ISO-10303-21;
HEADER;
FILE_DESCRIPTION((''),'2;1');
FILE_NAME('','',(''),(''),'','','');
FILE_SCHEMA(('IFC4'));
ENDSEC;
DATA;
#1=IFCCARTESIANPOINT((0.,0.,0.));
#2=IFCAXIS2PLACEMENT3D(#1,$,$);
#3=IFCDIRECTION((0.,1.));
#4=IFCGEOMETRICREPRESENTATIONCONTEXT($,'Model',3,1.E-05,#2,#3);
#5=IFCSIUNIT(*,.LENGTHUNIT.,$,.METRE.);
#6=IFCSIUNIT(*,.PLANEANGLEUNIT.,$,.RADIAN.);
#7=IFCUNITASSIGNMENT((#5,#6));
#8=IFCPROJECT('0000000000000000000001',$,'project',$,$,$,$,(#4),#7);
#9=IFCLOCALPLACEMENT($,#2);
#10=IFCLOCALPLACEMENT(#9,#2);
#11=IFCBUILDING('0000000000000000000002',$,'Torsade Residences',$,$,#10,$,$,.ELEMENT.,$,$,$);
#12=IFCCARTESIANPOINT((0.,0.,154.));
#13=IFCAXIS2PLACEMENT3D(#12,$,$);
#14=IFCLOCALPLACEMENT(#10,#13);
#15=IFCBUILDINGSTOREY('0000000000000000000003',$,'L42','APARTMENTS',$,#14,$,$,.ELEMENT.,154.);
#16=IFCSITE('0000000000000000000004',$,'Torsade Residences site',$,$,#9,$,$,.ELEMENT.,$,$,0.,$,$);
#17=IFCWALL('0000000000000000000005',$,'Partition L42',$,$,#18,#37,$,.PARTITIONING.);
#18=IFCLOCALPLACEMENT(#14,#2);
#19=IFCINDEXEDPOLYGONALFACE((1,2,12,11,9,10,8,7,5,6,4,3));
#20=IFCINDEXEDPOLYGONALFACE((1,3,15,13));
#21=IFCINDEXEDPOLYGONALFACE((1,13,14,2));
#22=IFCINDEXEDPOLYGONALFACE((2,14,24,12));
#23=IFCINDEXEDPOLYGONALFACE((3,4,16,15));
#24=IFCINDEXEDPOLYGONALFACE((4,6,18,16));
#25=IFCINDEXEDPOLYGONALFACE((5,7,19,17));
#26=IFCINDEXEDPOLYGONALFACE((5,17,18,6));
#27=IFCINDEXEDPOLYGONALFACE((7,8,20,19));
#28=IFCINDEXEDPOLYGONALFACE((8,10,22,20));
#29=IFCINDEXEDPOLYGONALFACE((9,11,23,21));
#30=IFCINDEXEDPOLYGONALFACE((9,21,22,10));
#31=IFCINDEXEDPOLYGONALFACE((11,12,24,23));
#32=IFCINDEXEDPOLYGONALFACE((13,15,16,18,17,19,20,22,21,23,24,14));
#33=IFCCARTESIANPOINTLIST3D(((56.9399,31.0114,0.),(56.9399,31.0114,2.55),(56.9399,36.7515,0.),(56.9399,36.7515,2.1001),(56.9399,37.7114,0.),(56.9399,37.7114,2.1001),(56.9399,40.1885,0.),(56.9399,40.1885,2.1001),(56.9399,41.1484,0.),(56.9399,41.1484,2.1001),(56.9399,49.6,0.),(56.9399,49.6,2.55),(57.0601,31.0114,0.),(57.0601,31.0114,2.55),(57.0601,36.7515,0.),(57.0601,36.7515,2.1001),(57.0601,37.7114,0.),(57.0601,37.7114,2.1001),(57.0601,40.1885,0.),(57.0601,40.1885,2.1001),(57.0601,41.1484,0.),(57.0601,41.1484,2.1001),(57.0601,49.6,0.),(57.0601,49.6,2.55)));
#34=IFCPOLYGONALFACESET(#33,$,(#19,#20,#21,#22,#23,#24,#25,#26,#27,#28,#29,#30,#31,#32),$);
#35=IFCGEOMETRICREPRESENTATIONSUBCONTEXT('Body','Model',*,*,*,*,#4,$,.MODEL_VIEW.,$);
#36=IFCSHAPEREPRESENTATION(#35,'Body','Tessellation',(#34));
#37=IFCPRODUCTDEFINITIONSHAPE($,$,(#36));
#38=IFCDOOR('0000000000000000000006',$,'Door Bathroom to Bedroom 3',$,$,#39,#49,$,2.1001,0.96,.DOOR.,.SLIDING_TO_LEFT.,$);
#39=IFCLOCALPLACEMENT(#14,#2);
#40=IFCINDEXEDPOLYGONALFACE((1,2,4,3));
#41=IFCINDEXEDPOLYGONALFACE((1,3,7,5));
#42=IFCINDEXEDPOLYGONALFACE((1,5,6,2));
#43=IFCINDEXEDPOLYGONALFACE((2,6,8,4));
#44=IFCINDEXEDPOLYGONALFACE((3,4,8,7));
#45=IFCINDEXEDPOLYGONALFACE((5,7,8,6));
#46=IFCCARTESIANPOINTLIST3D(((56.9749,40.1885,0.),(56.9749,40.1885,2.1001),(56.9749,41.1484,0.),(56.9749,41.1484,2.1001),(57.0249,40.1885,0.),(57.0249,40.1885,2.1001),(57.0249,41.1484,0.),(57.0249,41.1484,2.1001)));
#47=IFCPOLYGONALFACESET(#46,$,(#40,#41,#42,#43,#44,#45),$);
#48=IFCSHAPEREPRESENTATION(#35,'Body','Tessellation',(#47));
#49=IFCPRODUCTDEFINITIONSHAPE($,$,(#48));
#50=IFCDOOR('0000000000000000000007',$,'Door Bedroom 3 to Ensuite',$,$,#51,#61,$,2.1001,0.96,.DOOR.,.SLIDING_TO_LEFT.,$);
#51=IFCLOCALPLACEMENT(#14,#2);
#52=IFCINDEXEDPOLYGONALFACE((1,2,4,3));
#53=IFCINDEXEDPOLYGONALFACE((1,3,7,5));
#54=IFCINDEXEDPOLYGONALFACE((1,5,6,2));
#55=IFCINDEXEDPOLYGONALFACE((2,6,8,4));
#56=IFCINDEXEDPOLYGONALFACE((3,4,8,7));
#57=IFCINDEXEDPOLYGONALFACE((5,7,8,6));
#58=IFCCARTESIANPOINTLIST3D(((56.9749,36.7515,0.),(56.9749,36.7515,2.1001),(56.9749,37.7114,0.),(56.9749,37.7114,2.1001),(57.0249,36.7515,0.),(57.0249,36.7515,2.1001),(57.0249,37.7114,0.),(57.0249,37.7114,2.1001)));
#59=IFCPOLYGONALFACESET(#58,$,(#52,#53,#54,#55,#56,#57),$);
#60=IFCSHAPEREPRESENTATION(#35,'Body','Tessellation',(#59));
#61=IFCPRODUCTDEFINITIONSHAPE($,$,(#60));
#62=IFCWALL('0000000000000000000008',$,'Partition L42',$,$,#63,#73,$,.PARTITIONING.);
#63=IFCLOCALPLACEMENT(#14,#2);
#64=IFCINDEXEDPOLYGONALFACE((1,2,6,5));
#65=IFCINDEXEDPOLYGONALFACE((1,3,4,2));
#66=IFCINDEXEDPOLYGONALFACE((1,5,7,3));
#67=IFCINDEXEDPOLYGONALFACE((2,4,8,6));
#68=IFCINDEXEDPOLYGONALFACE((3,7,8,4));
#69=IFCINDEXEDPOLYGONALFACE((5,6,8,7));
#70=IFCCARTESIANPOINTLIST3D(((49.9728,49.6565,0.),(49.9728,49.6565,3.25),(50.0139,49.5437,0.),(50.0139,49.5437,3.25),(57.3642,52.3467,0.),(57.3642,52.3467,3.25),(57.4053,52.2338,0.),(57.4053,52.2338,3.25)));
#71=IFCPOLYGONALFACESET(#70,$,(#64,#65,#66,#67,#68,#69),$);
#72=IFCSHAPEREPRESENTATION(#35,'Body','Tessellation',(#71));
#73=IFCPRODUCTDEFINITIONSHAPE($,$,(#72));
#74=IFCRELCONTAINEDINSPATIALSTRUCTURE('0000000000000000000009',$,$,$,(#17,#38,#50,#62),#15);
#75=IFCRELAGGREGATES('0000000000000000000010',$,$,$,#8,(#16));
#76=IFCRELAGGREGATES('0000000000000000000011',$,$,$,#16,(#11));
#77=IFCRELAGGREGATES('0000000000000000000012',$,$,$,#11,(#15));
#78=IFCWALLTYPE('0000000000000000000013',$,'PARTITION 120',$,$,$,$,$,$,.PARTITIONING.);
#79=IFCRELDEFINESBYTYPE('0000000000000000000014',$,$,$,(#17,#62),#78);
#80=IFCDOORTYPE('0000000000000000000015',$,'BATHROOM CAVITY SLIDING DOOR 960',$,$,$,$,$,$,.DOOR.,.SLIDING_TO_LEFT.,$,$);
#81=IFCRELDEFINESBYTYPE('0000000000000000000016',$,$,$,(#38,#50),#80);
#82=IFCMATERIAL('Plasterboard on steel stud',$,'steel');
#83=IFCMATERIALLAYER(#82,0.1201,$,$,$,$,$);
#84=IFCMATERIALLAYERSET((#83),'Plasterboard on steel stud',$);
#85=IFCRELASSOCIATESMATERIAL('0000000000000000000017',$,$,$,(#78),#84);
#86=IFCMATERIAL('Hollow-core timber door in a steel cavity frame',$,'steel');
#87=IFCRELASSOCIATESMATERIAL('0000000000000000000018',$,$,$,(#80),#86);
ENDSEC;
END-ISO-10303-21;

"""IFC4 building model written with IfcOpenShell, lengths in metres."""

from ifc_helpers import new_model, si_unit, direction, frame, frame_2d, origin, place, context, subcontext, project, spatial, rectangle, extrude, material, layer, layer_set, type_object, element, fill, save


model = new_model("IFC4")

# Units and contexts
model_context = context("Model", 3, precision=1e-05, world=origin(), true_north=direction((0.0, 1.0)))
body_context = subcontext(model_context, "Body", "Model", "MODEL_VIEW")
ifc_project = project(units=[si_unit("LENGTHUNIT", "METRE"), si_unit("PLANEANGLEUNIT", "RADIAN")], contexts=[model_context])

# Site, building, storey
site_placement = place(None, origin())
site = spatial("IfcSite", under=ifc_project, at=site_placement, Name="Torsade Residences site", CompositionType="ELEMENT", RefElevation=0.0)
building_placement = place(site_placement, origin())
building = spatial("IfcBuilding", under=site, at=building_placement, Name="Torsade Residences", CompositionType="ELEMENT")
storey_placement = place(building_placement, frame((0.0, 0.0, 154.0)))
storey = spatial("IfcBuildingStorey", under=building, at=storey_placement, Name="L42", Description="APARTMENTS", CompositionType="ELEMENT", Elevation=154.0)

# Wall, openings, doors
ifc_material_1 = material(Name="Plasterboard on steel stud", Category="steel")
ifc_layer_1 = layer(ifc_material_1, 0.1201)
ifc_layer_set_1 = layer_set([ifc_layer_1], Name="Plasterboard on steel stud")
wall_type_1 = type_object("IfcWallType", Name="PARTITION 120", PredefinedType="PARTITIONING", material=ifc_layer_set_1)
wall_1_placement = place(storey_placement, frame((57.0, 49.6001, 0.0), z_axis=(0.0, 0.0, 1.0), x_axis=(0.0, -1.0, 0.0)))
wall_1 = element("IfcWall", 1, at=wall_1_placement, inside=storey, type_object=wall_type_1, Name="Partition L42", PredefinedType="PARTITIONING", context=body_context, shape_type="SweptSolid", body=[
    extrude(rectangle(XDim=18.5886, YDim=0.1201, at=frame_2d((9.2944, 0.0))), origin(), (0.0, 0.0, 1.0), 2.55),
])
opening_1_placement = place(wall_1_placement, frame((8.4517, 0.0, 0.0)))
opening_1 = element("IfcOpeningElement", 2, at=opening_1_placement, cuts=wall_1, PredefinedType="OPENING", context=body_context, shape_type="SweptSolid", body=[
    extrude(rectangle(XDim=0.96, YDim=2.1001, at=frame_2d((0.48, 1.05))), frame((0.0, 0.0701, 0.0), z_axis=(0.0, -1.0, 0.0), x_axis=(1.0, 0.0, 0.0)), (0.0, 0.0, 1.0), 0.1401),
])
opening_2_placement = place(wall_1_placement, frame((11.8887, 0.0, 0.0)))
opening_2 = element("IfcOpeningElement", 3, at=opening_2_placement, cuts=wall_1, PredefinedType="OPENING", context=body_context, shape_type="SweptSolid", body=[
    extrude(rectangle(XDim=0.96, YDim=2.1001, at=frame_2d((0.48, 1.05))), frame((0.0, 0.0701, 0.0), z_axis=(0.0, -1.0, 0.0), x_axis=(1.0, 0.0, 0.0)), (0.0, 0.0, 1.0), 0.1401),
])
ifc_material_2 = material(Name="Hollow-core timber door in a steel cavity frame", Category="steel")
door_type_1 = type_object("IfcDoorType", Name="BATHROOM CAVITY SLIDING DOOR 960", OperationType="SLIDING_TO_LEFT", PredefinedType="DOOR", material=ifc_material_2)
door_1_placement = place(opening_1_placement, origin())
door_1 = element("IfcDoor", 4, at=door_1_placement, inside=storey, type_object=door_type_1, Name="Door Bathroom to Bedroom 3", OperationType="SLIDING_TO_LEFT", OverallHeight=2.1001, OverallWidth=0.96, PredefinedType="DOOR", context=body_context, shape_type="SweptSolid", body=[
    extrude(rectangle(XDim=0.96, YDim=2.1001, at=frame_2d((0.48, 1.05))), frame((0.0, 0.0249, 0.0), z_axis=(0.0, -1.0, 0.0), x_axis=(1.0, 0.0, 0.0)), (0.0, 0.0, 1.0), 0.05),
])
fill(opening_1, door_1)
door_2_placement = place(opening_2_placement, origin())
door_2 = element("IfcDoor", 5, at=door_2_placement, inside=storey, type_object=door_type_1, Name="Door Bedroom 3 to Ensuite", OperationType="SLIDING_TO_LEFT", OverallHeight=2.1001, OverallWidth=0.96, PredefinedType="DOOR", context=body_context, shape_type="SweptSolid", body=[
    extrude(rectangle(XDim=0.96, YDim=2.1001, at=frame_2d((0.48, 1.05))), frame((0.0, 0.0249, 0.0), z_axis=(0.0, -1.0, 0.0), x_axis=(1.0, 0.0, 0.0)), (0.0, 0.0, 1.0), 0.05),
])
fill(opening_2, door_2)

# Wall
wall_2_placement = place(storey_placement, frame((57.3848, 52.2903, 0.0), z_axis=(0.0, 0.0, 1.0), x_axis=(-0.939695, -0.342015, 0.0)))
element("IfcWall", 6, at=wall_2_placement, inside=storey, type_object=wall_type_1, Name="Partition L42", PredefinedType="PARTITIONING", context=body_context, shape_type="SweptSolid", body=[
    extrude(rectangle(XDim=7.8657, YDim=0.1201, at=frame_2d((3.9329, 0.0))), origin(), (0.0, 0.0, 1.0), 3.25),
])

save(model, "model.ifc")
